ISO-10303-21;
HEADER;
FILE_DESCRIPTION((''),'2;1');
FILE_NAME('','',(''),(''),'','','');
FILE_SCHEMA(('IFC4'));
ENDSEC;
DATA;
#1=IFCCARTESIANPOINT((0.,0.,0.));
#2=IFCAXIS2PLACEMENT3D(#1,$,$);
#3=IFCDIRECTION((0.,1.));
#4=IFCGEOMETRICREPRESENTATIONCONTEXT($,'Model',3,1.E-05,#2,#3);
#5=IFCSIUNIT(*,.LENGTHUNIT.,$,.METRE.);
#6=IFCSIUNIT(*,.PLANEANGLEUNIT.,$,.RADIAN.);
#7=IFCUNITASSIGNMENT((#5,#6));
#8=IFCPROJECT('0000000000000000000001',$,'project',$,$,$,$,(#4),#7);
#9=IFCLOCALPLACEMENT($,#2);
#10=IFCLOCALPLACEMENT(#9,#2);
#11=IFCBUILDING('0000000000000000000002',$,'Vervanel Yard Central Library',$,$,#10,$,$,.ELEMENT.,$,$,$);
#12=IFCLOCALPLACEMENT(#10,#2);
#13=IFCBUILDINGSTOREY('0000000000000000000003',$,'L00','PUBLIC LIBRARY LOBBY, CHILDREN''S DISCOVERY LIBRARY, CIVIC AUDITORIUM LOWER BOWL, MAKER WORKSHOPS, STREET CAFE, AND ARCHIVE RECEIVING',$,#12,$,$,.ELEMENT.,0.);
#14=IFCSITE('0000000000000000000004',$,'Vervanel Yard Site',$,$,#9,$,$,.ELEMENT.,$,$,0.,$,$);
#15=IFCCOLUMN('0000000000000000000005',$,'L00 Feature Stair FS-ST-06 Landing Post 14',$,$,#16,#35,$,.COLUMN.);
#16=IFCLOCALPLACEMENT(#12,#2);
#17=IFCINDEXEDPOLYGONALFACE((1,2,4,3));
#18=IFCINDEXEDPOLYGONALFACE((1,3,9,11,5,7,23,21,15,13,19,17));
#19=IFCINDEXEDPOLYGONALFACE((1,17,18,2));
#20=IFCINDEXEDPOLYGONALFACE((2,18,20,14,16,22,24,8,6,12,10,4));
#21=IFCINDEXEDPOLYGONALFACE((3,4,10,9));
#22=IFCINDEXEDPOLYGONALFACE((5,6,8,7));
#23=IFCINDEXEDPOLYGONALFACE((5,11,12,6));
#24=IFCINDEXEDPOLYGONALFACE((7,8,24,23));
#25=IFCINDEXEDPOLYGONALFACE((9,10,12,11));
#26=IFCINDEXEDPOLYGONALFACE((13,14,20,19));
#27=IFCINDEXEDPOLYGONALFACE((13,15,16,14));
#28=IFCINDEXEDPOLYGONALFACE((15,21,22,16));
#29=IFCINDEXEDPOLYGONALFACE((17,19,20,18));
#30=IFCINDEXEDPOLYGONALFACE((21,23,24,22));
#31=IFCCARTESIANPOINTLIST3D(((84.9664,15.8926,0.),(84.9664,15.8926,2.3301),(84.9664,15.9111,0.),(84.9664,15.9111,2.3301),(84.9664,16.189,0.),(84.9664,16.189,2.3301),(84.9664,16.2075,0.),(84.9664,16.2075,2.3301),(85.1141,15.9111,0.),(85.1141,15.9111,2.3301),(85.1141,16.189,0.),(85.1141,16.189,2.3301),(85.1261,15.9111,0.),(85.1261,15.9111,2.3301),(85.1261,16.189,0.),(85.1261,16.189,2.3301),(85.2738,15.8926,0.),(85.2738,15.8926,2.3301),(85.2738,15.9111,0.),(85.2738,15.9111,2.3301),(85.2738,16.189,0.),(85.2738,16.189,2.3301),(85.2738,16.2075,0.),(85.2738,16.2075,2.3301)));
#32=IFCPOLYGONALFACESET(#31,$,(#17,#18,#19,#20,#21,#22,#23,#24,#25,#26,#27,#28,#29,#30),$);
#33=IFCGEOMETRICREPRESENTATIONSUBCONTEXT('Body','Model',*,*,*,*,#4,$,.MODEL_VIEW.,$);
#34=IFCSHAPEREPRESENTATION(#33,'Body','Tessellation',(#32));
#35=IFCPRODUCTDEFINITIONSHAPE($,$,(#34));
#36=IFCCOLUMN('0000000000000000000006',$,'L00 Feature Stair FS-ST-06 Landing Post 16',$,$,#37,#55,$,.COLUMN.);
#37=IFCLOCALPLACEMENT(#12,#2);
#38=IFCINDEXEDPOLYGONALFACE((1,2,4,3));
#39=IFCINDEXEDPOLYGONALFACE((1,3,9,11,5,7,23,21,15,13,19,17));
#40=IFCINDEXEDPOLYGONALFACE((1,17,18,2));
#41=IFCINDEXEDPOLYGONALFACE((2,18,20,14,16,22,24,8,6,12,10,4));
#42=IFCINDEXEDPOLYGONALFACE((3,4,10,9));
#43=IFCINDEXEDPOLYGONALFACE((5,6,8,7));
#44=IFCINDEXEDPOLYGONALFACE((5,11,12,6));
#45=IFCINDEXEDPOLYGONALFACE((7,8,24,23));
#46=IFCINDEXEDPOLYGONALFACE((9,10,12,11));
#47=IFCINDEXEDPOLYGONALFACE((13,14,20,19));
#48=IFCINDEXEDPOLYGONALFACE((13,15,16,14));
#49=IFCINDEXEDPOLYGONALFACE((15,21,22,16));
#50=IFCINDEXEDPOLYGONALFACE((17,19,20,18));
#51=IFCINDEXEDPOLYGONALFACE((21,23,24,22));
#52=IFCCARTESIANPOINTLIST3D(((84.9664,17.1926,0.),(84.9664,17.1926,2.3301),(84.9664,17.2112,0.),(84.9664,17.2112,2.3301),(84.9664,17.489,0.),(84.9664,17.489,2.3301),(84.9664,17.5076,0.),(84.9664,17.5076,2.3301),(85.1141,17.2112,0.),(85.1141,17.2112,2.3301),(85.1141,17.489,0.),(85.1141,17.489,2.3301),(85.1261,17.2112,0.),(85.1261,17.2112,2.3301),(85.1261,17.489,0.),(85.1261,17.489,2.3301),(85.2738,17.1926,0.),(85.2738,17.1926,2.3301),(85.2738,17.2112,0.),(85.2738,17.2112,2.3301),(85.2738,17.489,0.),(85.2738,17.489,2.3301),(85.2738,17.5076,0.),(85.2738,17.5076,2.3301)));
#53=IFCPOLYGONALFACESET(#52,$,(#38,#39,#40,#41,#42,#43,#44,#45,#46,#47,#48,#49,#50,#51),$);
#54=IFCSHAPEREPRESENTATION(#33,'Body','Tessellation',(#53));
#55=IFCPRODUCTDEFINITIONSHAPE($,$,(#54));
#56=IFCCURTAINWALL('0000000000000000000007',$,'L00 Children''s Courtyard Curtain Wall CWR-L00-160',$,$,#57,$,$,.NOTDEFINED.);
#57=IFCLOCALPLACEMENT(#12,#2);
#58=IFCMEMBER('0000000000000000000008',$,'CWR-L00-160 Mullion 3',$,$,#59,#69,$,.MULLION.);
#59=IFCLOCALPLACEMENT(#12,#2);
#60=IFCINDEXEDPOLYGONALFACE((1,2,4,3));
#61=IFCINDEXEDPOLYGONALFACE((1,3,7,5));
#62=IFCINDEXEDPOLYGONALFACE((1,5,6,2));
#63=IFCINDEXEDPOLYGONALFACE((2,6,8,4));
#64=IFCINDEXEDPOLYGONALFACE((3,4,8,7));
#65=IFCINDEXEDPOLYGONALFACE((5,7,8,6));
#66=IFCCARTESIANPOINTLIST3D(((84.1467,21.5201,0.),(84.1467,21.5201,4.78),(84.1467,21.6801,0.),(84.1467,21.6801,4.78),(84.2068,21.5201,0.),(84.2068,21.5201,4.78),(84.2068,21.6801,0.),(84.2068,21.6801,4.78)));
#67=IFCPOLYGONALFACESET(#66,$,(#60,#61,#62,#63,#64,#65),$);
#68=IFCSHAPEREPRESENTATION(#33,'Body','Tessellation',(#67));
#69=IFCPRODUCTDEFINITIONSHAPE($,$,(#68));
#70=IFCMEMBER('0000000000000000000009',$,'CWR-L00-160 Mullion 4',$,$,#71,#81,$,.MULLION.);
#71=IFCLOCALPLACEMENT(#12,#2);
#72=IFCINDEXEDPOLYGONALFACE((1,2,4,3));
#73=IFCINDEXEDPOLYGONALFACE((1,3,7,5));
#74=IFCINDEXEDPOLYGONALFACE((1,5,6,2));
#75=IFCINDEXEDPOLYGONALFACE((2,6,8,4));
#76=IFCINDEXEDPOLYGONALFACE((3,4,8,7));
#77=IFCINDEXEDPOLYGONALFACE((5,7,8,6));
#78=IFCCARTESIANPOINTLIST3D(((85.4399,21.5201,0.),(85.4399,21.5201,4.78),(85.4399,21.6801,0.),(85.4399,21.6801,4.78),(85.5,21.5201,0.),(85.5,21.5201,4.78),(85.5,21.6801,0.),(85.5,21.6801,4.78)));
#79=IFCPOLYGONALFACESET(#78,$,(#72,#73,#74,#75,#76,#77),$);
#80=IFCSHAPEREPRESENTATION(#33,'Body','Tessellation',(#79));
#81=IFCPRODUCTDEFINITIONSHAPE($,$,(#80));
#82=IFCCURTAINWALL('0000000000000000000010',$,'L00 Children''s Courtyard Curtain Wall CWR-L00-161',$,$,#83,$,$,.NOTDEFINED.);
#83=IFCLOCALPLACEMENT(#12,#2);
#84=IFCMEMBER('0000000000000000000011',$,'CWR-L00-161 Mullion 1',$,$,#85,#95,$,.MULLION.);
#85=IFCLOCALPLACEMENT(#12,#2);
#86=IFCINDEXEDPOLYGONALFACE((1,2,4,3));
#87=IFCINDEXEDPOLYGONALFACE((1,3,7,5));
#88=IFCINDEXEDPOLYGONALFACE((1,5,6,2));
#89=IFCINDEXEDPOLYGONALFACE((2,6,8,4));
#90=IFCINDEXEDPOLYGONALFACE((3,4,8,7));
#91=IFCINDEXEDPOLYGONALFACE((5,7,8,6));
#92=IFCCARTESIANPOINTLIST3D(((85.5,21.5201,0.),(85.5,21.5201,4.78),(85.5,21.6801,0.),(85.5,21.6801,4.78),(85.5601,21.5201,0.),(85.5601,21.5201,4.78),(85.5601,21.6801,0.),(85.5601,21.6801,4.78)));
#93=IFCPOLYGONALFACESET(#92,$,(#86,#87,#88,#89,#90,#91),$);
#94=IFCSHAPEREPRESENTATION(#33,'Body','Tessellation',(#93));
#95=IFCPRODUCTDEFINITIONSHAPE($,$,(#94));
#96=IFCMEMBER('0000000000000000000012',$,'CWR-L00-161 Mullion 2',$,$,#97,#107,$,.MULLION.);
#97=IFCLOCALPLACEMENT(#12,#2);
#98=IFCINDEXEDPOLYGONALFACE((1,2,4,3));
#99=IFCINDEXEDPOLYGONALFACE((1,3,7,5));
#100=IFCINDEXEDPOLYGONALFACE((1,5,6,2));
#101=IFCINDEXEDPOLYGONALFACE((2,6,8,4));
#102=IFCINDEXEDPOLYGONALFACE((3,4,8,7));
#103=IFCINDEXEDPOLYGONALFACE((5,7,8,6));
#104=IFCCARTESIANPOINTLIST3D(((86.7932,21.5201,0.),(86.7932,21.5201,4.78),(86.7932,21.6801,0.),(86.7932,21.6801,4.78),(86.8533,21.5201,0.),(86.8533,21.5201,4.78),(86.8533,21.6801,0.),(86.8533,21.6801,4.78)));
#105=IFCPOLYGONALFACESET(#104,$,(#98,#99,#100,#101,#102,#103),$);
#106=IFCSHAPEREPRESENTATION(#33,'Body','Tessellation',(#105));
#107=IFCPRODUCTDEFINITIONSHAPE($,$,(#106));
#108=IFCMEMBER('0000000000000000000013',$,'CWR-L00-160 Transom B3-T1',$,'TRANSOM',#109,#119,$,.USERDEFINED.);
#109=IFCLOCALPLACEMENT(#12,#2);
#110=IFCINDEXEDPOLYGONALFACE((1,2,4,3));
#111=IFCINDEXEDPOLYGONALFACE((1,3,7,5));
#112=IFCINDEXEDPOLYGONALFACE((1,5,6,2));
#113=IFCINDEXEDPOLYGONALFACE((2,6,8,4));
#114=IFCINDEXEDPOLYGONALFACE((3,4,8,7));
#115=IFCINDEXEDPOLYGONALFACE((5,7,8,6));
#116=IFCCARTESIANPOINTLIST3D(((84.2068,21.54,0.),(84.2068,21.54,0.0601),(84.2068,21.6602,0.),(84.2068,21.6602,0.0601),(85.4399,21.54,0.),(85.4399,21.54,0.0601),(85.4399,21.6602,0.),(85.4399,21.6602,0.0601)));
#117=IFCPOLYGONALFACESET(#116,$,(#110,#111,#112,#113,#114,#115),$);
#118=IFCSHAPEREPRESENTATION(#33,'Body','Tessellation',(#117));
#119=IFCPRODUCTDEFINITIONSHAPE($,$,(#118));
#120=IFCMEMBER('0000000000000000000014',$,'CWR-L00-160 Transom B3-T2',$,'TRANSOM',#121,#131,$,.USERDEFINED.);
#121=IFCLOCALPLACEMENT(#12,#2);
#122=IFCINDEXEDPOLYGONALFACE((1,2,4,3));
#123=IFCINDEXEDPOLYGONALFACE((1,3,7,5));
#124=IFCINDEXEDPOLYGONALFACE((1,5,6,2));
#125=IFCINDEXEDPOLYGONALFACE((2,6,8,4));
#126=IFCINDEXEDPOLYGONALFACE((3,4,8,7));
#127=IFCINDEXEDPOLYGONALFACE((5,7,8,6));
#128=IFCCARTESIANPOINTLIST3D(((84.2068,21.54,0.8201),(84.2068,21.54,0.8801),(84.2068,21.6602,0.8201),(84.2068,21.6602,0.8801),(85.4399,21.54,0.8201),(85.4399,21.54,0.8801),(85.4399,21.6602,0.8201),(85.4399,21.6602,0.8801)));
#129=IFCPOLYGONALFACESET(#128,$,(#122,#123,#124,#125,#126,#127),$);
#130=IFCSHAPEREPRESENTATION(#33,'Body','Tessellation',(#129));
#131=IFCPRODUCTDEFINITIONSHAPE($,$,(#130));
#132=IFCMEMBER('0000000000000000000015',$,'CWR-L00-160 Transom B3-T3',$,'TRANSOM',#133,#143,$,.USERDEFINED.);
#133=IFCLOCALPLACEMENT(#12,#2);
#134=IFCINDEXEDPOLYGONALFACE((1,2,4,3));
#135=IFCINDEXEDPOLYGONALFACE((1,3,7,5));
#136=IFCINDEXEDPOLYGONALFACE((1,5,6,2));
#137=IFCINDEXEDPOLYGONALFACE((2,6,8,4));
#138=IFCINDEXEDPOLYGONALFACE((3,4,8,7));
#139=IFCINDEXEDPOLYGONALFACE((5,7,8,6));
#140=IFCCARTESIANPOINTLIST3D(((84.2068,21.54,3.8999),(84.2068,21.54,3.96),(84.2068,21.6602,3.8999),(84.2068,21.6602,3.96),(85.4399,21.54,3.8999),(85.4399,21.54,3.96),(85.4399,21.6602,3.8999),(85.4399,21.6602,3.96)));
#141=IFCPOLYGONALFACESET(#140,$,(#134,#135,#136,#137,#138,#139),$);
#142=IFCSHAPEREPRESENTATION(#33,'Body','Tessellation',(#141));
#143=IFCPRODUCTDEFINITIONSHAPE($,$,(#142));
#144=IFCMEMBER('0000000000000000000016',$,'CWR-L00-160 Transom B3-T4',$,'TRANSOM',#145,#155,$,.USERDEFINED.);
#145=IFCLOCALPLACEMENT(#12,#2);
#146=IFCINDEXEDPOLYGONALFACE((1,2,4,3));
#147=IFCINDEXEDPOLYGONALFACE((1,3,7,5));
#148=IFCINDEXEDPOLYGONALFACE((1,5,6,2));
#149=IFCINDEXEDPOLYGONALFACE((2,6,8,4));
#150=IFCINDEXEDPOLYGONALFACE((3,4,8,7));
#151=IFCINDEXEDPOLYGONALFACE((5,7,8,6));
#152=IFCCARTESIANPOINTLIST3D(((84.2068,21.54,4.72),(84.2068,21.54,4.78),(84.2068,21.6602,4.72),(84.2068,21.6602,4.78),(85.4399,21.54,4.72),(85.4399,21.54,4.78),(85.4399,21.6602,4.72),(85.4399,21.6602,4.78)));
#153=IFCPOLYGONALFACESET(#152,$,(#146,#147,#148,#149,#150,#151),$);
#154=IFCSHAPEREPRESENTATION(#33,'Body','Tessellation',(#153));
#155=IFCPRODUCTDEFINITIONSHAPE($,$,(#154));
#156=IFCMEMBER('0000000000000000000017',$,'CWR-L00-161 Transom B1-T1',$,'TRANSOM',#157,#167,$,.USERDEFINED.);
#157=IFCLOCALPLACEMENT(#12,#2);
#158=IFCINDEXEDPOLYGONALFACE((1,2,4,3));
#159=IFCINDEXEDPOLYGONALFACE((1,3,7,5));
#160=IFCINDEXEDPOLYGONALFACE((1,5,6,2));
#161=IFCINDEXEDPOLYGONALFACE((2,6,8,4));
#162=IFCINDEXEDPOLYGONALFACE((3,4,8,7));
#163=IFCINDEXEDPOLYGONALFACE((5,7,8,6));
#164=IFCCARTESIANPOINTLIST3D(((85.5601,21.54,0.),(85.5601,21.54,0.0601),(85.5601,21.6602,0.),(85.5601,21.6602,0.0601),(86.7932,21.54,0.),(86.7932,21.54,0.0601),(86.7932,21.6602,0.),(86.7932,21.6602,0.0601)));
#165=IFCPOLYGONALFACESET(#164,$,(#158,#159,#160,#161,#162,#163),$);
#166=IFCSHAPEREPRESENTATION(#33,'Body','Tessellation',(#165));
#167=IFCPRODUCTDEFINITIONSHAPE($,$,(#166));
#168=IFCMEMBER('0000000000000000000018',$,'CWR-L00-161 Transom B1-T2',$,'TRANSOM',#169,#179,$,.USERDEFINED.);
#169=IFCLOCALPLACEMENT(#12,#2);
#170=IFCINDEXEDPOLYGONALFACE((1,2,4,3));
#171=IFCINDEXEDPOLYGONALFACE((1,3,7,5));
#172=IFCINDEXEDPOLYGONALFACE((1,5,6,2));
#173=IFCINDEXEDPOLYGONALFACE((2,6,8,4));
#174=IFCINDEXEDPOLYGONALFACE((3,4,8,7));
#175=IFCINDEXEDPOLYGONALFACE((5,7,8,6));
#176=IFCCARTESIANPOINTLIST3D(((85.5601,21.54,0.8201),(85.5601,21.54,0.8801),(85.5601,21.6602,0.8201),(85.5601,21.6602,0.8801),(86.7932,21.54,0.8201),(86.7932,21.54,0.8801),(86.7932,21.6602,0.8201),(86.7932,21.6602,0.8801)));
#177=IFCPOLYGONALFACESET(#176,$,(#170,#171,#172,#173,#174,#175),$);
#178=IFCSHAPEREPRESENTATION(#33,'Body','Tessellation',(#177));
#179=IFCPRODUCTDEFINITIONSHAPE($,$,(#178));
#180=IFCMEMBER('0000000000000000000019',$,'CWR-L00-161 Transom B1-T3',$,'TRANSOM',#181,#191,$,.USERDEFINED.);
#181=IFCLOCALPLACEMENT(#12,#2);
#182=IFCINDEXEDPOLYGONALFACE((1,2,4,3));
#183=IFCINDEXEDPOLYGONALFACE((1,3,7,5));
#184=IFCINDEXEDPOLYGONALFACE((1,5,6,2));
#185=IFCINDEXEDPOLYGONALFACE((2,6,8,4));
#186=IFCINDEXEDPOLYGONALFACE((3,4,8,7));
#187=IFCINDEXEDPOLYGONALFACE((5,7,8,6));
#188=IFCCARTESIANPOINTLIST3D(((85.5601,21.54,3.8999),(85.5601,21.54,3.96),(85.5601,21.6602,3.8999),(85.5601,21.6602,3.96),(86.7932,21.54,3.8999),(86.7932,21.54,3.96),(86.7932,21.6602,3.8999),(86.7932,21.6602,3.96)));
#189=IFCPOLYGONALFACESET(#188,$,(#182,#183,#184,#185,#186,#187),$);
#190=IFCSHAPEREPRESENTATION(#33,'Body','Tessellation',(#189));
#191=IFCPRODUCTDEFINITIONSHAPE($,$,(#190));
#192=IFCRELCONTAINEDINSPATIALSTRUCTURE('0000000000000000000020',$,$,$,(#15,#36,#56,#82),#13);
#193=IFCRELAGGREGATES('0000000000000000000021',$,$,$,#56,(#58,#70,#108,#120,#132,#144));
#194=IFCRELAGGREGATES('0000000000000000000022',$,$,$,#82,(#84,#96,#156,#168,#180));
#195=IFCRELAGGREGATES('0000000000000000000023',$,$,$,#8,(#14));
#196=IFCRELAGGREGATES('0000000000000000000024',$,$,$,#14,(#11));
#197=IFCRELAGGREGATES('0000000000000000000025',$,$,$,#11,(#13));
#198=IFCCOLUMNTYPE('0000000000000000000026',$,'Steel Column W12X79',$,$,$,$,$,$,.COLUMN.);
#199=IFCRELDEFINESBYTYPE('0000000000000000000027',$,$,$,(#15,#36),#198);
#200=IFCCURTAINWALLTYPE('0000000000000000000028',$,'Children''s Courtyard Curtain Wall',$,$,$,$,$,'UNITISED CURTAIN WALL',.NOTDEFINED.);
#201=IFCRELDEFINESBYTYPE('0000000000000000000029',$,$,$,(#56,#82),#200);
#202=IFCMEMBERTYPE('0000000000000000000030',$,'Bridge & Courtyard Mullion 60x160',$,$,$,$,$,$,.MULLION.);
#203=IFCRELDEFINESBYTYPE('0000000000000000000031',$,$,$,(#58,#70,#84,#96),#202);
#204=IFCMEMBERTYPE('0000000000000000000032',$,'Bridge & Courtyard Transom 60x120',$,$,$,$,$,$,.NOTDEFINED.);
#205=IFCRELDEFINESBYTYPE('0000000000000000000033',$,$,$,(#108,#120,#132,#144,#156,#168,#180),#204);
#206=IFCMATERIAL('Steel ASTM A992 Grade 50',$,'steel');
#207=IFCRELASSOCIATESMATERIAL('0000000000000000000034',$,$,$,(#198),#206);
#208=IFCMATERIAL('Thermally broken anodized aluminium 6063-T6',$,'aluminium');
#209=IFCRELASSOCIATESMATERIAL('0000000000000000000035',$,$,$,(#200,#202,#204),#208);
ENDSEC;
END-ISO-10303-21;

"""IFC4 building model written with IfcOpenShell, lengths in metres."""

from ifc_helpers import new_model, si_unit, direction, frame, origin, origin_2d, place, context, subcontext, project, spatial, rectangle, i_section, extrude, material, material_profile, profile_set, type_object, element, aggregate, save


model = new_model("IFC4")

# Units and contexts
model_context = context("Model", 3, precision=1e-05, world=origin(), true_north=direction((0.0, 1.0)))
body_context = subcontext(model_context, "Body", "Model", "MODEL_VIEW")
ifc_project = project(units=[si_unit("LENGTHUNIT", "METRE"), si_unit("PLANEANGLEUNIT", "RADIAN")], contexts=[model_context])

# Site, building, storey
site_placement = place(None, origin())
site = spatial("IfcSite", under=ifc_project, at=site_placement, Name="Vervanel Yard Site", CompositionType="ELEMENT", RefElevation=0.0)
building_placement = place(site_placement, origin())
building = spatial("IfcBuilding", under=site, at=building_placement, Name="Vervanel Yard Central Library", CompositionType="ELEMENT")
storey_placement = place(building_placement, origin())
storey = spatial("IfcBuildingStorey", under=building, at=storey_placement, Name="L00", Description="PUBLIC LIBRARY LOBBY, CHILDREN'S DISCOVERY LIBRARY, CIVIC AUDITORIUM LOWER BOWL, MAKER WORKSHOPS, STREET CAFE, AND ARCHIVE RECEIVING", CompositionType="ELEMENT", Elevation=0.0)

# Columns
ifc_material_1 = material(Name="Steel ASTM A992 Grade 50", Category="steel")
ifc_material_profile_1 = material_profile(ifc_material_1, i_section(OverallWidth=0.3074, OverallDepth=0.3149, WebThickness=0.012, FlangeThickness=0.0186, at=origin_2d()), Name="W12X79", Category="steel")
ifc_profile_set_1 = profile_set([ifc_material_profile_1], Name="Steel ASTM A992 Grade 50")
column_type = type_object("IfcColumnType", Name="Steel Column W12X79", PredefinedType="COLUMN", material=ifc_profile_set_1)
for number, where, z_axis, x_axis, name in (
    (1, (85.1201, 16.05, 0.0), (0.0, 0.0, 1.0), (1.0, 0.0, 0.0), "L00 Feature Stair FS-ST-06 Landing Post 14"),
    (2, (85.1201, 17.3501, 0.0), (0.0, 0.0, 1.0), (1.0, 0.0, 0.0), "L00 Feature Stair FS-ST-06 Landing Post 16"),
):
    element("IfcColumn", number, at=place(storey_placement, frame(where, z_axis=z_axis, x_axis=x_axis)), inside=storey, type_object=column_type, Name=name, PredefinedType="COLUMN", context=body_context, shape_type="SweptSolid", body=[
        extrude(i_section(OverallWidth=0.3074, OverallDepth=0.3149, WebThickness=0.012, FlangeThickness=0.0186, at=origin_2d()), origin(), (0.0, 0.0, 1.0), 2.3301),
    ])

# Curtain walls, members
ifc_material_2 = material(Name="Thermally broken anodized aluminium 6063-T6", Category="aluminium")
curtain_wall_type = type_object("IfcCurtainWallType", Name="Children's Courtyard Curtain Wall", ElementType="UNITISED CURTAIN WALL", PredefinedType="NOTDEFINED", material=ifc_material_2)
curtain_wall_1_placement = place(storey_placement, origin())
curtain_wall_1 = element("IfcCurtainWall", 3, at=curtain_wall_1_placement, inside=storey, type_object=curtain_wall_type, Name="L00 Children's Courtyard Curtain Wall CWR-L00-160", PredefinedType="NOTDEFINED")
ifc_material_profile_2 = material_profile(ifc_material_2, rectangle(XDim=0.0601, YDim=0.1599, at=origin_2d()), Name="ALU 60x160", Category="aluminium")
ifc_profile_set_2 = profile_set([ifc_material_profile_2], Name="Thermally broken anodized aluminium 6063-T6")
member_type_1 = type_object("IfcMemberType", Name="Bridge & Courtyard Mullion 60x160", PredefinedType="MULLION", material=ifc_profile_set_2)
member_1_placement = place(storey_placement, frame((84.1768, 21.6001, 0.0), z_axis=(0.0, 0.0, 1.0), x_axis=(1.0, 0.0, 0.0)))
member_1 = element("IfcMember", 4, at=member_1_placement, type_object=member_type_1, Name="CWR-L00-160 Mullion 3", PredefinedType="MULLION", context=body_context, shape_type="SweptSolid", body=[
    extrude(rectangle(XDim=0.0601, YDim=0.1599, at=origin_2d()), origin(), (0.0, 0.0, 1.0), 4.78),
])
member_2_placement = place(storey_placement, frame((85.47, 21.6001, 0.0), z_axis=(0.0, 0.0, 1.0), x_axis=(1.0, 0.0, 0.0)))
member_2 = element("IfcMember", 5, at=member_2_placement, type_object=member_type_1, Name="CWR-L00-160 Mullion 4", PredefinedType="MULLION", context=body_context, shape_type="SweptSolid", body=[
    extrude(rectangle(XDim=0.0601, YDim=0.1599, at=origin_2d()), origin(), (0.0, 0.0, 1.0), 4.78),
])
curtain_wall_2_placement = place(storey_placement, origin())
curtain_wall_2 = element("IfcCurtainWall", 6, at=curtain_wall_2_placement, inside=storey, type_object=curtain_wall_type, Name="L00 Children's Courtyard Curtain Wall CWR-L00-161", PredefinedType="NOTDEFINED")
member_3_placement = place(storey_placement, frame((85.53, 21.6001, 0.0), z_axis=(0.0, 0.0, 1.0), x_axis=(1.0, 0.0, 0.0)))
member_3 = element("IfcMember", 7, at=member_3_placement, type_object=member_type_1, Name="CWR-L00-161 Mullion 1", PredefinedType="MULLION", context=body_context, shape_type="SweptSolid", body=[
    extrude(rectangle(XDim=0.0601, YDim=0.1599, at=origin_2d()), origin(), (0.0, 0.0, 1.0), 4.78),
])
member_4_placement = place(storey_placement, frame((86.8232, 21.6001, 0.0), z_axis=(0.0, 0.0, 1.0), x_axis=(1.0, 0.0, 0.0)))
member_4 = element("IfcMember", 8, at=member_4_placement, type_object=member_type_1, Name="CWR-L00-161 Mullion 2", PredefinedType="MULLION", context=body_context, shape_type="SweptSolid", body=[
    extrude(rectangle(XDim=0.0601, YDim=0.1599, at=origin_2d()), origin(), (0.0, 0.0, 1.0), 4.78),
])

# Members
ifc_material_profile_3 = material_profile(ifc_material_2, rectangle(XDim=0.0601, YDim=0.1201, at=origin_2d()), Name="ALU 60x120", Category="aluminium")
ifc_profile_set_3 = profile_set([ifc_material_profile_3], Name="Thermally broken anodized aluminium 6063-T6")
member_type_2 = type_object("IfcMemberType", Name="Bridge & Courtyard Transom 60x120", PredefinedType="NOTDEFINED", material=ifc_profile_set_3)
member_5_placement = place(storey_placement, frame((84.2068, 21.6001, 0.03), z_axis=(1.0, 0.0, 0.0), x_axis=(0.0, 0.0, 1.0)))
member_5 = element("IfcMember", 9, at=member_5_placement, type_object=member_type_2, Name="CWR-L00-160 Transom B3-T1", ObjectType="TRANSOM", PredefinedType="USERDEFINED", context=body_context, shape_type="SweptSolid", body=[
    extrude(rectangle(XDim=0.0601, YDim=0.1201, at=origin_2d()), origin(), (0.0, 0.0, 1.0), 1.2332),
])
member_6_placement = place(storey_placement, frame((84.2068, 21.6001, 0.8501), z_axis=(1.0, 0.0, 0.0), x_axis=(0.0, 0.0, 1.0)))
member_6 = element("IfcMember", 10, at=member_6_placement, type_object=member_type_2, Name="CWR-L00-160 Transom B3-T2", ObjectType="TRANSOM", PredefinedType="USERDEFINED", context=body_context, shape_type="SweptSolid", body=[
    extrude(rectangle(XDim=0.0601, YDim=0.1201, at=origin_2d()), origin(), (0.0, 0.0, 1.0), 1.2332),
])
member_7_placement = place(storey_placement, frame((84.2068, 21.6001, 3.9299), z_axis=(1.0, 0.0, 0.0), x_axis=(0.0, 0.0, 1.0)))
member_7 = element("IfcMember", 11, at=member_7_placement, type_object=member_type_2, Name="CWR-L00-160 Transom B3-T3", ObjectType="TRANSOM", PredefinedType="USERDEFINED", context=body_context, shape_type="SweptSolid", body=[
    extrude(rectangle(XDim=0.0601, YDim=0.1201, at=origin_2d()), origin(), (0.0, 0.0, 1.0), 1.2332),
])
member_8_placement = place(storey_placement, frame((84.2068, 21.6001, 4.75), z_axis=(1.0, 0.0, 0.0), x_axis=(0.0, 0.0, 1.0)))
member_8 = element("IfcMember", 12, at=member_8_placement, type_object=member_type_2, Name="CWR-L00-160 Transom B3-T4", ObjectType="TRANSOM", PredefinedType="USERDEFINED", context=body_context, shape_type="SweptSolid", body=[
    extrude(rectangle(XDim=0.0601, YDim=0.1201, at=origin_2d()), origin(), (0.0, 0.0, 1.0), 1.2332),
])
member_9_placement = place(storey_placement, frame((85.5601, 21.6001, 0.03), z_axis=(1.0, 0.0, 0.0), x_axis=(0.0, 0.0, 1.0)))
member_9 = element("IfcMember", 13, at=member_9_placement, type_object=member_type_2, Name="CWR-L00-161 Transom B1-T1", ObjectType="TRANSOM", PredefinedType="USERDEFINED", context=body_context, shape_type="SweptSolid", body=[
    extrude(rectangle(XDim=0.0601, YDim=0.1201, at=origin_2d()), origin(), (0.0, 0.0, 1.0), 1.2332),
])
member_10_placement = place(storey_placement, frame((85.5601, 21.6001, 0.8501), z_axis=(1.0, 0.0, 0.0), x_axis=(0.0, 0.0, 1.0)))
member_10 = element("IfcMember", 14, at=member_10_placement, type_object=member_type_2, Name="CWR-L00-161 Transom B1-T2", ObjectType="TRANSOM", PredefinedType="USERDEFINED", context=body_context, shape_type="SweptSolid", body=[
    extrude(rectangle(XDim=0.0601, YDim=0.1201, at=origin_2d()), origin(), (0.0, 0.0, 1.0), 1.2332),
])
member_11_placement = place(storey_placement, frame((85.5601, 21.6001, 3.9299), z_axis=(1.0, 0.0, 0.0), x_axis=(0.0, 0.0, 1.0)))
member_11 = element("IfcMember", 15, at=member_11_placement, type_object=member_type_2, Name="CWR-L00-161 Transom B1-T3", ObjectType="TRANSOM", PredefinedType="USERDEFINED", context=body_context, shape_type="SweptSolid", body=[
    extrude(rectangle(XDim=0.0601, YDim=0.1201, at=origin_2d()), origin(), (0.0, 0.0, 1.0), 1.2332),
])

aggregate(curtain_wall_1, [member_1, member_2, member_5, member_6, member_7, member_8])
aggregate(curtain_wall_2, [member_3, member_4, member_9, member_10, member_11])

save(model, "model.ifc")
